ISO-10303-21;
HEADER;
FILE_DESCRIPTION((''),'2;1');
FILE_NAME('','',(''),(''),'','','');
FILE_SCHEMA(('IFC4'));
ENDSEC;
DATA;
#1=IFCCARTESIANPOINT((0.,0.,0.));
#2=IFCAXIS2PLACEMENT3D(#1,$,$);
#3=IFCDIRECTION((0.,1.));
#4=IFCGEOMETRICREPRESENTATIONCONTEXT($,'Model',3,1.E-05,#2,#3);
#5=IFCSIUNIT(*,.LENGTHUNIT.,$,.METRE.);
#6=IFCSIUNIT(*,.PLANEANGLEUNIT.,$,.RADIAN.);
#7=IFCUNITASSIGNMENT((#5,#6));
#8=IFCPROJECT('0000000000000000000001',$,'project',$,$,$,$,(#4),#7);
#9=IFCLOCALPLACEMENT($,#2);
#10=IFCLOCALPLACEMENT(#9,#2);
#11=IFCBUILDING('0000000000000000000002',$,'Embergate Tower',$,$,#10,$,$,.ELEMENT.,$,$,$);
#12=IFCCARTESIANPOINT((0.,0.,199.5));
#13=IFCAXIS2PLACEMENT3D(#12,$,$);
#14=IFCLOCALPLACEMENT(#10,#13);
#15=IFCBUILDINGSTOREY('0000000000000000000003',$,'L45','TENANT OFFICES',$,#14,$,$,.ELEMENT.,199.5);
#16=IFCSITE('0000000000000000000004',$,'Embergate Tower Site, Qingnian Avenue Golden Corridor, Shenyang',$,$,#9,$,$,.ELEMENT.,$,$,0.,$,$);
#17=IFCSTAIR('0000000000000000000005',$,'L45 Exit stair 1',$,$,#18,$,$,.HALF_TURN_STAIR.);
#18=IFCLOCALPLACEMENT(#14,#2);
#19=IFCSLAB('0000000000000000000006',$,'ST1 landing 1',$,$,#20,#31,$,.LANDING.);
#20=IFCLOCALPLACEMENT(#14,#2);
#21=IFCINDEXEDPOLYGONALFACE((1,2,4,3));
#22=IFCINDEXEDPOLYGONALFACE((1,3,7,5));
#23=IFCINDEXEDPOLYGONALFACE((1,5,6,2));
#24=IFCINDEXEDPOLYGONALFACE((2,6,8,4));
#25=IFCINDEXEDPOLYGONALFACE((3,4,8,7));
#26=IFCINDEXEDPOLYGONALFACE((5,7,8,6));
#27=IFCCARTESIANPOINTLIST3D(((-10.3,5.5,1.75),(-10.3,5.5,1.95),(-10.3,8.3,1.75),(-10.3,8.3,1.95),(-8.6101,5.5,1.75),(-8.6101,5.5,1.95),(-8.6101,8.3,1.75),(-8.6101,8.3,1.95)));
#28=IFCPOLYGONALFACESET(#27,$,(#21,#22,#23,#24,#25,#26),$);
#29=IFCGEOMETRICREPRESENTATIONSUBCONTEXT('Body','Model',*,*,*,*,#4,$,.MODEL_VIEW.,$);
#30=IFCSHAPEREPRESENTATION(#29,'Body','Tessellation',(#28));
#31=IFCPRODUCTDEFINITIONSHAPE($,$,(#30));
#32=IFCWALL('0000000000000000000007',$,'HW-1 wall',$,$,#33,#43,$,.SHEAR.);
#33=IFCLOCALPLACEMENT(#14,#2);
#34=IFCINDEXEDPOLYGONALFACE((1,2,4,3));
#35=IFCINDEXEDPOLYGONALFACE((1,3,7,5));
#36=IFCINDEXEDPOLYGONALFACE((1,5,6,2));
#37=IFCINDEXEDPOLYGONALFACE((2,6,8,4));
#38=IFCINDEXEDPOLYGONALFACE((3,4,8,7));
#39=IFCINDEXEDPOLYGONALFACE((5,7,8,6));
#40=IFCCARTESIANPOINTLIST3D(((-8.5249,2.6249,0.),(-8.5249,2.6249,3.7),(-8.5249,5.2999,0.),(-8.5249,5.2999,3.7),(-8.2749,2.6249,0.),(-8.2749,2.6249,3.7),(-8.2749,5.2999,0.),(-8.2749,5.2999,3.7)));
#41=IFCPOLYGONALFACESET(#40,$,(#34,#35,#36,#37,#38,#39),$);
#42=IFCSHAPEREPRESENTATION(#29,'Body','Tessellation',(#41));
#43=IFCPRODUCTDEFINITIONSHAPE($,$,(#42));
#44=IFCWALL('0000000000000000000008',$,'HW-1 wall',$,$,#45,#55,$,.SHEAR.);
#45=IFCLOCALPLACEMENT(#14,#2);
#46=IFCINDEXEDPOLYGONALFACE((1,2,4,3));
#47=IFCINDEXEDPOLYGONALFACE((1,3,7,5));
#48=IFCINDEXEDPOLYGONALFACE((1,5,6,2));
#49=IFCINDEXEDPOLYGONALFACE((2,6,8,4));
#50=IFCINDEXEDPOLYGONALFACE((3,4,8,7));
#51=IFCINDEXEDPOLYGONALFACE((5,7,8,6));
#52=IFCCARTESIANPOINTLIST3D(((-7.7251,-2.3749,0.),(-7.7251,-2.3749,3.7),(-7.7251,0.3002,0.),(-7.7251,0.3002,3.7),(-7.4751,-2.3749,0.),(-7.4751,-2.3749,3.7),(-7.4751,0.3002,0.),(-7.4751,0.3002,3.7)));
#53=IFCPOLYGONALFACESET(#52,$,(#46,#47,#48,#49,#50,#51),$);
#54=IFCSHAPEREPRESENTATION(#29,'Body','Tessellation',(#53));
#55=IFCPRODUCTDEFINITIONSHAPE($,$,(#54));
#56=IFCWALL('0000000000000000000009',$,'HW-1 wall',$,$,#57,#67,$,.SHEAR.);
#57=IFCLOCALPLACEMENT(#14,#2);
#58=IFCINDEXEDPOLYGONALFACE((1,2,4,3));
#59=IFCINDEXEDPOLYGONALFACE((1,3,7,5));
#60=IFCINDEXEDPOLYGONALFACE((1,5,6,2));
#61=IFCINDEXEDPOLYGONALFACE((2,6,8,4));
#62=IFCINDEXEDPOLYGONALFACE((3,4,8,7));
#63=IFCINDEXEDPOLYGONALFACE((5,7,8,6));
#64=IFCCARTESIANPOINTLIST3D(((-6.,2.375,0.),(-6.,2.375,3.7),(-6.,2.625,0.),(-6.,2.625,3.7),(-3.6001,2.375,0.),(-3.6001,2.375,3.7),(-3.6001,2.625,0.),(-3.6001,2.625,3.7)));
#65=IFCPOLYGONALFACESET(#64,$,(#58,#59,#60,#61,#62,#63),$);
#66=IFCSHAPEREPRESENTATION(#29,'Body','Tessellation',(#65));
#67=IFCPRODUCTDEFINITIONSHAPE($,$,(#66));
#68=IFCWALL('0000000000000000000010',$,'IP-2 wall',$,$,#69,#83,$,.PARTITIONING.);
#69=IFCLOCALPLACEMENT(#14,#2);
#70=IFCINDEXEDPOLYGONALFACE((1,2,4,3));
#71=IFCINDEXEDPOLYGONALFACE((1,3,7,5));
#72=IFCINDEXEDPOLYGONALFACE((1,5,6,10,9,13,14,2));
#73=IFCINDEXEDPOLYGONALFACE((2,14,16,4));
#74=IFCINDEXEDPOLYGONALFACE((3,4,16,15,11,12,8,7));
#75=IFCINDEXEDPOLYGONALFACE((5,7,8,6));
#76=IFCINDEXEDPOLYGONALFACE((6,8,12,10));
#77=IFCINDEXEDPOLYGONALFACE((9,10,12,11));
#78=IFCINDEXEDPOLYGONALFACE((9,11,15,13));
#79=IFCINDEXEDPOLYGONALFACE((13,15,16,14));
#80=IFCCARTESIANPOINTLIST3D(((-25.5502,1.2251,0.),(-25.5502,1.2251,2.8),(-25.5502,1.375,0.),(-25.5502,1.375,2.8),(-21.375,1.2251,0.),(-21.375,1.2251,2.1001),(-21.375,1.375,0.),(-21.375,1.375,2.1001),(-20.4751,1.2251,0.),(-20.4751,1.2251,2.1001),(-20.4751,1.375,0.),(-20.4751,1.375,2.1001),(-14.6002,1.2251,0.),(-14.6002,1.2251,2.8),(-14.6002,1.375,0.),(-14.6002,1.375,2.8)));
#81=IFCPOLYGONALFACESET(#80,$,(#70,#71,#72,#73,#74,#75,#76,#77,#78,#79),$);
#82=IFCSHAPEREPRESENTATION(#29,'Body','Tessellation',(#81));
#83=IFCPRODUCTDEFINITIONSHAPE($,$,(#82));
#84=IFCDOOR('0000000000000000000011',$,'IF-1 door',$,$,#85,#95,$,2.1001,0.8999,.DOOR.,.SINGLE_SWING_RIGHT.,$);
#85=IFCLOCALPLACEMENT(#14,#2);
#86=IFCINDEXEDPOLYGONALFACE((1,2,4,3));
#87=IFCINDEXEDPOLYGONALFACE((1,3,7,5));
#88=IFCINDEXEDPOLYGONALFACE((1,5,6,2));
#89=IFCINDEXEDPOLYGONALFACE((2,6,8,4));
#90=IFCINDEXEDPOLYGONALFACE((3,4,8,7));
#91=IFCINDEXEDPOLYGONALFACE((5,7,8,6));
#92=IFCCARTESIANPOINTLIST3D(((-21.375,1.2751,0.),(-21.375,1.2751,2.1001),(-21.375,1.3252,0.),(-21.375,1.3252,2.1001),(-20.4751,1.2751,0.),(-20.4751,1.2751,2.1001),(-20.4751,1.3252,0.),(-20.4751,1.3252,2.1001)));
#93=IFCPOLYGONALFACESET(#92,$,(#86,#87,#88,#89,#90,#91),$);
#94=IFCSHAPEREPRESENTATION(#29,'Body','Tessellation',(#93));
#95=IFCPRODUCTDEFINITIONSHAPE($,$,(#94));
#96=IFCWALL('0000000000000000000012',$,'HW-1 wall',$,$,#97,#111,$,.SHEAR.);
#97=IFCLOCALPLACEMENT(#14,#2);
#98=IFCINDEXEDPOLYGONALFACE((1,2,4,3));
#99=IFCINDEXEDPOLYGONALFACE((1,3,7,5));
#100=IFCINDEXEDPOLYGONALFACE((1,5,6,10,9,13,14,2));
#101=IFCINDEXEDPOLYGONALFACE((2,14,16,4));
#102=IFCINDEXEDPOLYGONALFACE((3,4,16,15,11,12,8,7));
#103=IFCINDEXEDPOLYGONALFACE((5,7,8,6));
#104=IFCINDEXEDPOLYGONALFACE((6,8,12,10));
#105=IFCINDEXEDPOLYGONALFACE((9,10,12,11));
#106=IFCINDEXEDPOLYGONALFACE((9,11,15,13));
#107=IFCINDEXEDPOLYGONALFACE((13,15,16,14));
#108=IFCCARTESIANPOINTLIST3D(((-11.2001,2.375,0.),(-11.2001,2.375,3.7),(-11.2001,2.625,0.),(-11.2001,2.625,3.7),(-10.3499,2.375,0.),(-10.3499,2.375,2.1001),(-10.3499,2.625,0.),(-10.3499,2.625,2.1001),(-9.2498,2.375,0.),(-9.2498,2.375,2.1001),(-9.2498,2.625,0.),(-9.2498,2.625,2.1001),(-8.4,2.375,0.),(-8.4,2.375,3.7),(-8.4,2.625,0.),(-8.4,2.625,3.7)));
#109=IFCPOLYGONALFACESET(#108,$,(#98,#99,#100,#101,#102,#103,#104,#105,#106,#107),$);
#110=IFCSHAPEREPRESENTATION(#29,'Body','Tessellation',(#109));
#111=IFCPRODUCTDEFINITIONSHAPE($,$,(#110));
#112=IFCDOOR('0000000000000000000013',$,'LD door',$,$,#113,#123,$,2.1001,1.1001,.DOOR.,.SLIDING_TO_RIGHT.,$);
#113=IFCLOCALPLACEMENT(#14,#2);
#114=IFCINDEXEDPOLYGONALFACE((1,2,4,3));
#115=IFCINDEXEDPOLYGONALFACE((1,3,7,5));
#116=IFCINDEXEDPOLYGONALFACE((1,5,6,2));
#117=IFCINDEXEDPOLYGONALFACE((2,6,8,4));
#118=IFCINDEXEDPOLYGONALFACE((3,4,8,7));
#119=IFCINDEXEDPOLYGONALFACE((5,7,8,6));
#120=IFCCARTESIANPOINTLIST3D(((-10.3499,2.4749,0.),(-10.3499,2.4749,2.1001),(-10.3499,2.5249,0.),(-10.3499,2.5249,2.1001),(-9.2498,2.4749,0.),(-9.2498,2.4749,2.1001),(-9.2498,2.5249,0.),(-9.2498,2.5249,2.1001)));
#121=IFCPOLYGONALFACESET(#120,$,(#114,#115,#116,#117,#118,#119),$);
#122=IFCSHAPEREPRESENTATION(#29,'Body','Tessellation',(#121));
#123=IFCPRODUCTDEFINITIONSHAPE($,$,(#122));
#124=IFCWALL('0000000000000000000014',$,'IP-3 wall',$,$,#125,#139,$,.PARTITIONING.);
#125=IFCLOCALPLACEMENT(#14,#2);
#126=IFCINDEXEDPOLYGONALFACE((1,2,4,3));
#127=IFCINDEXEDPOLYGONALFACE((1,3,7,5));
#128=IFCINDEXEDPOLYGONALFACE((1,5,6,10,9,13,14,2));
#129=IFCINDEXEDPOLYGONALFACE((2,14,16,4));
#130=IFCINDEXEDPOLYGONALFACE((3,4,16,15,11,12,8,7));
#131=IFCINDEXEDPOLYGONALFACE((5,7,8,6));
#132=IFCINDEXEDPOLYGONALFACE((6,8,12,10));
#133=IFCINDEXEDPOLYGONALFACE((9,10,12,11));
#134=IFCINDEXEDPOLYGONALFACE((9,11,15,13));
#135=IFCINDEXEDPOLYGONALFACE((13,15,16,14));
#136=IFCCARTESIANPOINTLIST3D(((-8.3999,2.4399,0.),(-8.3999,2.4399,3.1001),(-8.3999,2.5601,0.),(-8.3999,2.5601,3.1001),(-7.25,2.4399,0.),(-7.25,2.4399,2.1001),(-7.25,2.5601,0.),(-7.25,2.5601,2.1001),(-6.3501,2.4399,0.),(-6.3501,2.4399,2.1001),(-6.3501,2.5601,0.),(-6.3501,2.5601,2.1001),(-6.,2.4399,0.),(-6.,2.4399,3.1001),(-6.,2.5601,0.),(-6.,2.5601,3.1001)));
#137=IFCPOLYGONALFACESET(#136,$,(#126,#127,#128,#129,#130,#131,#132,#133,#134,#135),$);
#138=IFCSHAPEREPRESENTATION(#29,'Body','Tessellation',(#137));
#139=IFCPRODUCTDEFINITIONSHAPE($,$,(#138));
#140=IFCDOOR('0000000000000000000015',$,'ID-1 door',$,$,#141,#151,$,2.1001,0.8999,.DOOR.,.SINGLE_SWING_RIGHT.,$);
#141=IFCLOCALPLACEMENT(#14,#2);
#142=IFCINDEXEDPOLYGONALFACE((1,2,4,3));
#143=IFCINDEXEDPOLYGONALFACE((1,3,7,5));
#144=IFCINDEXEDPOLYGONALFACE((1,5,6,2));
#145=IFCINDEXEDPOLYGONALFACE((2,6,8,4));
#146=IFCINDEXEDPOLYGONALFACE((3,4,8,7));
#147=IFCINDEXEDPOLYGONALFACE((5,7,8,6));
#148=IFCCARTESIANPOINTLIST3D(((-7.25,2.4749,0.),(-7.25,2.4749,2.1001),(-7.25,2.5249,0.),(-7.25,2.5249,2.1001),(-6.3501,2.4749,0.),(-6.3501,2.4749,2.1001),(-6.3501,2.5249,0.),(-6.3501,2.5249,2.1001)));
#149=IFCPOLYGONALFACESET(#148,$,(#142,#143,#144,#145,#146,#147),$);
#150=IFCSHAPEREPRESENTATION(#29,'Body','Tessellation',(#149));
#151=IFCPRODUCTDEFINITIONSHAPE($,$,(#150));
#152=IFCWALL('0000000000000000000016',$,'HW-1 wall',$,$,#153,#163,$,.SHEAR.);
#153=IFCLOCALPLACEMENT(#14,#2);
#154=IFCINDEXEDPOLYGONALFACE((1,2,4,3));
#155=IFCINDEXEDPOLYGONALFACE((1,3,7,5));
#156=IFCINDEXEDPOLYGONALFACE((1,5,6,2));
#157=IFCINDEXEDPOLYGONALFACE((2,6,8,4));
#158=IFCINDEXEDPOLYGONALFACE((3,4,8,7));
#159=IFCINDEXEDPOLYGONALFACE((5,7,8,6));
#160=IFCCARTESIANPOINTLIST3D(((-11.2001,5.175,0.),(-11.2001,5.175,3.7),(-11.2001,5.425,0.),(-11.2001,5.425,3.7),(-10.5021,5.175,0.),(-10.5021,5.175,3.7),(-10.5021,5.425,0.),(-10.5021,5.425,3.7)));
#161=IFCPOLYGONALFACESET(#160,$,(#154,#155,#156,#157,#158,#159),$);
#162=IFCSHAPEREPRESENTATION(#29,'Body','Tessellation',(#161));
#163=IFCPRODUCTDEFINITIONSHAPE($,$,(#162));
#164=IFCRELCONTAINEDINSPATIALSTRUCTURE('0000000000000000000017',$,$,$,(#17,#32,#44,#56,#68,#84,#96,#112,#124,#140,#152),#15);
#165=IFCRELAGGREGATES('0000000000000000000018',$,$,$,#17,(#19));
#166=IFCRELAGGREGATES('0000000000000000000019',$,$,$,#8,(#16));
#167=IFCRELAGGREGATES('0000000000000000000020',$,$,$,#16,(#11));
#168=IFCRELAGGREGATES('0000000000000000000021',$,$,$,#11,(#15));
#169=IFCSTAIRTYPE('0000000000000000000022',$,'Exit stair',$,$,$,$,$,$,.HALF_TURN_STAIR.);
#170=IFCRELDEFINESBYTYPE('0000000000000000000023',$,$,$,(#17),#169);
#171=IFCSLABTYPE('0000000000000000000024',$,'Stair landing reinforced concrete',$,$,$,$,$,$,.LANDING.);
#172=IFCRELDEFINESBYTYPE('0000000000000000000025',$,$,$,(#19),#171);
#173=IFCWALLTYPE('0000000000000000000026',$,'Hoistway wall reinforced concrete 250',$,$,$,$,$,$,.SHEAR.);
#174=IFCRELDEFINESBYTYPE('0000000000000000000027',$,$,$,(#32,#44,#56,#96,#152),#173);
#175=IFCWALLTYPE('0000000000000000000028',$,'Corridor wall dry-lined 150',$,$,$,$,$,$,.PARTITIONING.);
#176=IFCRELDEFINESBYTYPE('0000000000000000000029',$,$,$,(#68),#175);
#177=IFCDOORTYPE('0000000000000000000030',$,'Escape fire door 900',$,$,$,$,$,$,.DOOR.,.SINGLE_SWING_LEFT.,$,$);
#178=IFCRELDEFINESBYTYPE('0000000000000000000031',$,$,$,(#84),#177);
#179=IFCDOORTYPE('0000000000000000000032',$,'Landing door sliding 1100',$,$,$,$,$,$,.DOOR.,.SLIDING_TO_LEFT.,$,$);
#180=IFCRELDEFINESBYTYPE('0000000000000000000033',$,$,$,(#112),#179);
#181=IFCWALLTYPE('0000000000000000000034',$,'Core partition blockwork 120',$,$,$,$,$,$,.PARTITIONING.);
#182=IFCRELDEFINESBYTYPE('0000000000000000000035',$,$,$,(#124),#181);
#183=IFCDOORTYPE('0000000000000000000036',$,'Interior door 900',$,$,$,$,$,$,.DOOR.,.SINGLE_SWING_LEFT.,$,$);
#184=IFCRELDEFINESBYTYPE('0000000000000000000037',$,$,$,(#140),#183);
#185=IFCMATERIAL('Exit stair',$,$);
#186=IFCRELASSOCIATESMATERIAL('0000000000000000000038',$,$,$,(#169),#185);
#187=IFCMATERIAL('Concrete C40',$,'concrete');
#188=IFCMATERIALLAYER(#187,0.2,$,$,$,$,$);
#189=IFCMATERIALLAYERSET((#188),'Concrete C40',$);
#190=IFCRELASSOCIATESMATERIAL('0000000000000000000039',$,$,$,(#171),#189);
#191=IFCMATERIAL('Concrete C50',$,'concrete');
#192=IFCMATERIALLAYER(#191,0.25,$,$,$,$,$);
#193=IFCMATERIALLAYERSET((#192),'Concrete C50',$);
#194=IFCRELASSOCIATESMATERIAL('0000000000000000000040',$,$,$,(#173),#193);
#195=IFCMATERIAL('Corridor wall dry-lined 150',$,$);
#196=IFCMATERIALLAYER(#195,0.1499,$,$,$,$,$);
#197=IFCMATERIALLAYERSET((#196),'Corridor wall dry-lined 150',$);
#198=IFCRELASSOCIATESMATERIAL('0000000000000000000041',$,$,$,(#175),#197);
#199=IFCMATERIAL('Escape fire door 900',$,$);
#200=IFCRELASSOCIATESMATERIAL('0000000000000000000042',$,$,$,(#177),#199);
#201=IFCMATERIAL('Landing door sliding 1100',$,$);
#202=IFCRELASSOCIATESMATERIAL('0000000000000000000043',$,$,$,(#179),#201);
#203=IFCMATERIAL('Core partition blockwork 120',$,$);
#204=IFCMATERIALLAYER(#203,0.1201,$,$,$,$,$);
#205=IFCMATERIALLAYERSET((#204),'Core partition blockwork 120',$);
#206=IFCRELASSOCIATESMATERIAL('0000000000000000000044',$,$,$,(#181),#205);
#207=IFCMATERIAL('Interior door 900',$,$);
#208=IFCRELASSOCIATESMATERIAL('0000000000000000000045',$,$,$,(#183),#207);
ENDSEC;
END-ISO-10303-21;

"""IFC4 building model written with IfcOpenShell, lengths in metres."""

from ifc_helpers import new_model, si_unit, direction, frame, frame_2d, origin, place, context, subcontext, project, spatial, polyline, rectangle, outline, extrude, source, transform, mapped, material, layer, layer_set, type_object, element, fill, aggregate, save


model = new_model("IFC4")

# Units and contexts
model_context = context("Model", 3, precision=1e-05, world=origin(), true_north=direction((0.0, 1.0)))
body_context = subcontext(model_context, "Body", "Model", "MODEL_VIEW")
ifc_project = project(units=[si_unit("LENGTHUNIT", "METRE"), si_unit("PLANEANGLEUNIT", "RADIAN")], contexts=[model_context])

# Site, building, storey
site_placement = place(None, origin())
site = spatial("IfcSite", under=ifc_project, at=site_placement, Name="Embergate Tower Site, Qingnian Avenue Golden Corridor, Shenyang", CompositionType="ELEMENT", RefElevation=0.0)
building_placement = place(site_placement, origin())
building = spatial("IfcBuilding", under=site, at=building_placement, Name="Embergate Tower", CompositionType="ELEMENT")
storey_placement = place(building_placement, frame((0.0, 0.0, 199.5)))
storey = spatial("IfcBuildingStorey", under=building, at=storey_placement, Name="L45", Description="TENANT OFFICES", CompositionType="ELEMENT", Elevation=199.5)

# Stair, slab
ifc_material_1 = material(Name="Exit stair")
stair_type = type_object("IfcStairType", Name="Exit stair", PredefinedType="HALF_TURN_STAIR", material=ifc_material_1)
stair_placement = place(storey_placement, origin())
stair = element("IfcStair", 1, at=stair_placement, inside=storey, type_object=stair_type, Name="L45 Exit stair 1", PredefinedType="HALF_TURN_STAIR")
ifc_material_2 = material(Name="Concrete C40", Category="concrete")
ifc_layer_1 = layer(ifc_material_2, 0.2)
ifc_layer_set_1 = layer_set([ifc_layer_1], Name="Concrete C40")
slab_type = type_object("IfcSlabType", Name="Stair landing reinforced concrete", PredefinedType="LANDING", material=ifc_layer_set_1)
shared_shape_1 = source(origin(), body_context, "Body", "SweptSolid", [
    extrude(outline(polyline([(0.0, 0.0), (1.6899, 0.0), (1.6899, 2.8), (0.0, 2.8), (0.0, 0.0)])), origin(), (0.0, 0.0, 1.0), 0.2),
])
slab_placement = place(storey_placement, frame((-10.3, 5.5, 1.75)))
slab = element("IfcSlab", 2, at=slab_placement, type_object=slab_type, Name="ST1 landing 1", PredefinedType="LANDING", context=body_context, shape_type="MappedRepresentation", body=[
    mapped(shared_shape_1, transform((0.0, 0.0, 0.0))),
])

# Walls
ifc_material_3 = material(Name="Concrete C50", Category="concrete")
ifc_layer_2 = layer(ifc_material_3, 0.25)
ifc_layer_set_2 = layer_set([ifc_layer_2], Name="Concrete C50")
wall_type_1 = type_object("IfcWallType", Name="Hoistway wall reinforced concrete 250", PredefinedType="SHEAR", material=ifc_layer_set_2)
shared_shape_2 = source(origin(), body_context, "Body", "SweptSolid", [
    extrude(rectangle(XDim=2.675, YDim=0.25, at=frame_2d((1.3374, 0.0))), origin(), (0.0, 0.0, 1.0), 3.7),
])
for number, where, z_axis, x_axis, name in (
    (3, (-8.3999, 2.625, 0.0), (0.0, 0.0, 1.0), (0.0, 1.0, 0.0), "HW-1 wall"),
    (4, (-7.6001, 0.3, 0.0), (0.0, 0.0, 1.0), (0.0, -1.0, 0.0), "HW-1 wall"),
):
    element("IfcWall", number, at=place(storey_placement, frame(where, z_axis=z_axis, x_axis=x_axis)), inside=storey, type_object=wall_type_1, Name=name, PredefinedType="SHEAR", context=body_context, shape_type="MappedRepresentation", body=[
        mapped(shared_shape_2, transform((0.0, 0.0, 0.0))),
    ])
shared_shape_3 = source(origin(), body_context, "Body", "SweptSolid", [
    extrude(rectangle(XDim=2.3999, YDim=0.25, at=frame_2d((1.2, 0.0))), origin(), (0.0, 0.0, 1.0), 3.7),
])
wall_1_placement = place(storey_placement, frame((-6.0, 2.5, 0.0), z_axis=(0.0, 0.0, 1.0), x_axis=(1.0, 0.0, 0.0)))
element("IfcWall", 5, at=wall_1_placement, inside=storey, type_object=wall_type_1, Name="HW-1 wall", PredefinedType="SHEAR", context=body_context, shape_type="MappedRepresentation", body=[
    mapped(shared_shape_3, transform((0.0, 0.0, 0.0))),
])

# Walls, openings, doors
ifc_material_4 = material(Name="Corridor wall dry-lined 150")
ifc_layer_3 = layer(ifc_material_4, 0.1499)
ifc_layer_set_3 = layer_set([ifc_layer_3], Name="Corridor wall dry-lined 150")
wall_type_2 = type_object("IfcWallType", Name="Corridor wall dry-lined 150", PredefinedType="PARTITIONING", material=ifc_layer_set_3)
shared_shape_4 = source(origin(), body_context, "Body", "SweptSolid", [
    extrude(rectangle(XDim=10.95, YDim=0.1499, at=frame_2d((5.4751, 0.0))), origin(), (0.0, 0.0, 1.0), 2.8),
])
wall_2_placement = place(storey_placement, frame((-14.6001, 1.3, 0.0), z_axis=(0.0, 0.0, 1.0), x_axis=(-1.0, 0.0, 0.0)))
wall_2 = element("IfcWall", 6, at=wall_2_placement, inside=storey, type_object=wall_type_2, Name="IP-2 wall", PredefinedType="PARTITIONING", context=body_context, shape_type="MappedRepresentation", body=[
    mapped(shared_shape_4, transform((0.0, 0.0, 0.0))),
])
shared_shape_5 = source(origin(), body_context, "Body", "SweptSolid", [
    extrude(rectangle(XDim=0.8999, YDim=2.1001, at=frame_2d((0.45, 1.05))), frame((0.0, 0.085, 0.0), z_axis=(0.0, -1.0, 0.0), x_axis=(1.0, 0.0, 0.0)), (0.0, 0.0, 1.0), 0.1699),
])
opening_1_placement = place(wall_2_placement, frame((5.875, 0.0, 0.0)))
opening_1 = element("IfcOpeningElement", 7, at=opening_1_placement, cuts=wall_2, PredefinedType="OPENING", context=body_context, shape_type="MappedRepresentation", body=[
    mapped(shared_shape_5, transform((0.0, 0.0, 0.0))),
])
ifc_material_5 = material(Name="Escape fire door 900")
door_type_1 = type_object("IfcDoorType", Name="Escape fire door 900", OperationType="SINGLE_SWING_LEFT", PredefinedType="DOOR", material=ifc_material_5)
shared_shape_6 = source(origin(), body_context, "Body", "SweptSolid", [
    extrude(rectangle(XDim=0.8999, YDim=2.1001, at=frame_2d((0.45, 1.05))), frame((0.0, 0.0249, 0.0), z_axis=(0.0, -1.0, 0.0), x_axis=(1.0, 0.0, 0.0)), (0.0, 0.0, 1.0), 0.05),
])
door_1_placement = place(opening_1_placement, origin())
door_1 = element("IfcDoor", 8, at=door_1_placement, inside=storey, type_object=door_type_1, Name="IF-1 door", OperationType="SINGLE_SWING_RIGHT", OverallHeight=2.1001, OverallWidth=0.8999, PredefinedType="DOOR", context=body_context, shape_type="MappedRepresentation", body=[
    mapped(shared_shape_6, transform((0.0, 0.0, 0.0))),
])
fill(opening_1, door_1)
shared_shape_7 = source(origin(), body_context, "Body", "SweptSolid", [
    extrude(rectangle(XDim=2.8, YDim=0.25, at=frame_2d((1.3999, 0.0))), origin(), (0.0, 0.0, 1.0), 3.7),
])
wall_3_placement = place(storey_placement, frame((-11.2, 2.5, 0.0), z_axis=(0.0, 0.0, 1.0), x_axis=(1.0, 0.0, 0.0)))
wall_3 = element("IfcWall", 9, at=wall_3_placement, inside=storey, type_object=wall_type_1, Name="HW-1 wall", PredefinedType="SHEAR", context=body_context, shape_type="MappedRepresentation", body=[
    mapped(shared_shape_7, transform((0.0, 0.0, 0.0))),
])
shared_shape_8 = source(origin(), body_context, "Body", "SweptSolid", [
    extrude(rectangle(XDim=1.1001, YDim=2.1001, at=frame_2d((0.55, 1.05))), frame((0.0, 0.135, 0.0), z_axis=(0.0, -1.0, 0.0), x_axis=(1.0, 0.0, 0.0)), (0.0, 0.0, 1.0), 0.27),
])
opening_2_placement = place(wall_3_placement, frame((0.8501, 0.0, 0.0)))
opening_2 = element("IfcOpeningElement", 10, at=opening_2_placement, cuts=wall_3, PredefinedType="OPENING", context=body_context, shape_type="MappedRepresentation", body=[
    mapped(shared_shape_8, transform((0.0, 0.0, 0.0))),
])
ifc_material_6 = material(Name="Landing door sliding 1100")
door_type_2 = type_object("IfcDoorType", Name="Landing door sliding 1100", OperationType="SLIDING_TO_LEFT", PredefinedType="DOOR", material=ifc_material_6)
shared_shape_9 = source(origin(), body_context, "Body", "SweptSolid", [
    extrude(rectangle(XDim=1.1001, YDim=2.1001, at=frame_2d((0.55, 1.05))), frame((0.0, 0.0249, 0.0), z_axis=(0.0, -1.0, 0.0), x_axis=(1.0, 0.0, 0.0)), (0.0, 0.0, 1.0), 0.05),
])
door_2_placement = place(opening_2_placement, origin())
door_2 = element("IfcDoor", 11, at=door_2_placement, inside=storey, type_object=door_type_2, Name="LD door", OperationType="SLIDING_TO_RIGHT", OverallHeight=2.1001, OverallWidth=1.1001, PredefinedType="DOOR", context=body_context, shape_type="MappedRepresentation", body=[
    mapped(shared_shape_9, transform((0.0, 0.0, 0.0))),
])
fill(opening_2, door_2)
ifc_material_7 = material(Name="Core partition blockwork 120")
ifc_layer_4 = layer(ifc_material_7, 0.1201)
ifc_layer_set_4 = layer_set([ifc_layer_4], Name="Core partition blockwork 120")
wall_type_3 = type_object("IfcWallType", Name="Core partition blockwork 120", PredefinedType="PARTITIONING", material=ifc_layer_set_4)
shared_shape_10 = source(origin(), body_context, "Body", "SweptSolid", [
    extrude(rectangle(XDim=2.3999, YDim=0.1201, at=frame_2d((1.2, 0.0))), origin(), (0.0, 0.0, 1.0), 3.1001),
])
wall_4_placement = place(storey_placement, frame((-8.3999, 2.5, 0.0), z_axis=(0.0, 0.0, 1.0), x_axis=(1.0, 0.0, 0.0)))
wall_4 = element("IfcWall", 12, at=wall_4_placement, inside=storey, type_object=wall_type_3, Name="IP-3 wall", PredefinedType="PARTITIONING", context=body_context, shape_type="MappedRepresentation", body=[
    mapped(shared_shape_10, transform((0.0, 0.0, 0.0))),
])
shared_shape_11 = source(origin(), body_context, "Body", "SweptSolid", [
    extrude(rectangle(XDim=0.8999, YDim=2.1001, at=frame_2d((0.45, 1.05))), frame((0.0, 0.0701, 0.0), z_axis=(0.0, -1.0, 0.0), x_axis=(1.0, 0.0, 0.0)), (0.0, 0.0, 1.0), 0.1401),
])
opening_3_placement = place(wall_4_placement, frame((1.1499, 0.0, 0.0)))
opening_3 = element("IfcOpeningElement", 13, at=opening_3_placement, cuts=wall_4, PredefinedType="OPENING", context=body_context, shape_type="MappedRepresentation", body=[
    mapped(shared_shape_11, transform((0.0, 0.0, 0.0))),
])
ifc_material_8 = material(Name="Interior door 900")
door_type_3 = type_object("IfcDoorType", Name="Interior door 900", OperationType="SINGLE_SWING_LEFT", PredefinedType="DOOR", material=ifc_material_8)
door_3_placement = place(opening_3_placement, origin())
door_3 = element("IfcDoor", 14, at=door_3_placement, inside=storey, type_object=door_type_3, Name="ID-1 door", OperationType="SINGLE_SWING_RIGHT", OverallHeight=2.1001, OverallWidth=0.8999, PredefinedType="DOOR", context=body_context, shape_type="MappedRepresentation", body=[
    mapped(shared_shape_6, transform((0.0, 0.0, 0.0))),
])
fill(opening_3, door_3)

# Wall
shared_shape_12 = source(origin(), body_context, "Body", "SweptSolid", [
    extrude(rectangle(XDim=0.698, YDim=0.25, at=frame_2d((0.3491, 0.0))), origin(), (0.0, 0.0, 1.0), 3.7),
])
wall_5_placement = place(storey_placement, frame((-10.502, 5.3, 0.0), z_axis=(0.0, 0.0, 1.0), x_axis=(-1.0, 0.0, 0.0)))
element("IfcWall", 15, at=wall_5_placement, inside=storey, type_object=wall_type_1, Name="HW-1 wall", PredefinedType="SHEAR", context=body_context, shape_type="MappedRepresentation", body=[
    mapped(shared_shape_12, transform((0.0, 0.0, 0.0))),
])

aggregate(stair, [slab])

save(model, "model.ifc")
